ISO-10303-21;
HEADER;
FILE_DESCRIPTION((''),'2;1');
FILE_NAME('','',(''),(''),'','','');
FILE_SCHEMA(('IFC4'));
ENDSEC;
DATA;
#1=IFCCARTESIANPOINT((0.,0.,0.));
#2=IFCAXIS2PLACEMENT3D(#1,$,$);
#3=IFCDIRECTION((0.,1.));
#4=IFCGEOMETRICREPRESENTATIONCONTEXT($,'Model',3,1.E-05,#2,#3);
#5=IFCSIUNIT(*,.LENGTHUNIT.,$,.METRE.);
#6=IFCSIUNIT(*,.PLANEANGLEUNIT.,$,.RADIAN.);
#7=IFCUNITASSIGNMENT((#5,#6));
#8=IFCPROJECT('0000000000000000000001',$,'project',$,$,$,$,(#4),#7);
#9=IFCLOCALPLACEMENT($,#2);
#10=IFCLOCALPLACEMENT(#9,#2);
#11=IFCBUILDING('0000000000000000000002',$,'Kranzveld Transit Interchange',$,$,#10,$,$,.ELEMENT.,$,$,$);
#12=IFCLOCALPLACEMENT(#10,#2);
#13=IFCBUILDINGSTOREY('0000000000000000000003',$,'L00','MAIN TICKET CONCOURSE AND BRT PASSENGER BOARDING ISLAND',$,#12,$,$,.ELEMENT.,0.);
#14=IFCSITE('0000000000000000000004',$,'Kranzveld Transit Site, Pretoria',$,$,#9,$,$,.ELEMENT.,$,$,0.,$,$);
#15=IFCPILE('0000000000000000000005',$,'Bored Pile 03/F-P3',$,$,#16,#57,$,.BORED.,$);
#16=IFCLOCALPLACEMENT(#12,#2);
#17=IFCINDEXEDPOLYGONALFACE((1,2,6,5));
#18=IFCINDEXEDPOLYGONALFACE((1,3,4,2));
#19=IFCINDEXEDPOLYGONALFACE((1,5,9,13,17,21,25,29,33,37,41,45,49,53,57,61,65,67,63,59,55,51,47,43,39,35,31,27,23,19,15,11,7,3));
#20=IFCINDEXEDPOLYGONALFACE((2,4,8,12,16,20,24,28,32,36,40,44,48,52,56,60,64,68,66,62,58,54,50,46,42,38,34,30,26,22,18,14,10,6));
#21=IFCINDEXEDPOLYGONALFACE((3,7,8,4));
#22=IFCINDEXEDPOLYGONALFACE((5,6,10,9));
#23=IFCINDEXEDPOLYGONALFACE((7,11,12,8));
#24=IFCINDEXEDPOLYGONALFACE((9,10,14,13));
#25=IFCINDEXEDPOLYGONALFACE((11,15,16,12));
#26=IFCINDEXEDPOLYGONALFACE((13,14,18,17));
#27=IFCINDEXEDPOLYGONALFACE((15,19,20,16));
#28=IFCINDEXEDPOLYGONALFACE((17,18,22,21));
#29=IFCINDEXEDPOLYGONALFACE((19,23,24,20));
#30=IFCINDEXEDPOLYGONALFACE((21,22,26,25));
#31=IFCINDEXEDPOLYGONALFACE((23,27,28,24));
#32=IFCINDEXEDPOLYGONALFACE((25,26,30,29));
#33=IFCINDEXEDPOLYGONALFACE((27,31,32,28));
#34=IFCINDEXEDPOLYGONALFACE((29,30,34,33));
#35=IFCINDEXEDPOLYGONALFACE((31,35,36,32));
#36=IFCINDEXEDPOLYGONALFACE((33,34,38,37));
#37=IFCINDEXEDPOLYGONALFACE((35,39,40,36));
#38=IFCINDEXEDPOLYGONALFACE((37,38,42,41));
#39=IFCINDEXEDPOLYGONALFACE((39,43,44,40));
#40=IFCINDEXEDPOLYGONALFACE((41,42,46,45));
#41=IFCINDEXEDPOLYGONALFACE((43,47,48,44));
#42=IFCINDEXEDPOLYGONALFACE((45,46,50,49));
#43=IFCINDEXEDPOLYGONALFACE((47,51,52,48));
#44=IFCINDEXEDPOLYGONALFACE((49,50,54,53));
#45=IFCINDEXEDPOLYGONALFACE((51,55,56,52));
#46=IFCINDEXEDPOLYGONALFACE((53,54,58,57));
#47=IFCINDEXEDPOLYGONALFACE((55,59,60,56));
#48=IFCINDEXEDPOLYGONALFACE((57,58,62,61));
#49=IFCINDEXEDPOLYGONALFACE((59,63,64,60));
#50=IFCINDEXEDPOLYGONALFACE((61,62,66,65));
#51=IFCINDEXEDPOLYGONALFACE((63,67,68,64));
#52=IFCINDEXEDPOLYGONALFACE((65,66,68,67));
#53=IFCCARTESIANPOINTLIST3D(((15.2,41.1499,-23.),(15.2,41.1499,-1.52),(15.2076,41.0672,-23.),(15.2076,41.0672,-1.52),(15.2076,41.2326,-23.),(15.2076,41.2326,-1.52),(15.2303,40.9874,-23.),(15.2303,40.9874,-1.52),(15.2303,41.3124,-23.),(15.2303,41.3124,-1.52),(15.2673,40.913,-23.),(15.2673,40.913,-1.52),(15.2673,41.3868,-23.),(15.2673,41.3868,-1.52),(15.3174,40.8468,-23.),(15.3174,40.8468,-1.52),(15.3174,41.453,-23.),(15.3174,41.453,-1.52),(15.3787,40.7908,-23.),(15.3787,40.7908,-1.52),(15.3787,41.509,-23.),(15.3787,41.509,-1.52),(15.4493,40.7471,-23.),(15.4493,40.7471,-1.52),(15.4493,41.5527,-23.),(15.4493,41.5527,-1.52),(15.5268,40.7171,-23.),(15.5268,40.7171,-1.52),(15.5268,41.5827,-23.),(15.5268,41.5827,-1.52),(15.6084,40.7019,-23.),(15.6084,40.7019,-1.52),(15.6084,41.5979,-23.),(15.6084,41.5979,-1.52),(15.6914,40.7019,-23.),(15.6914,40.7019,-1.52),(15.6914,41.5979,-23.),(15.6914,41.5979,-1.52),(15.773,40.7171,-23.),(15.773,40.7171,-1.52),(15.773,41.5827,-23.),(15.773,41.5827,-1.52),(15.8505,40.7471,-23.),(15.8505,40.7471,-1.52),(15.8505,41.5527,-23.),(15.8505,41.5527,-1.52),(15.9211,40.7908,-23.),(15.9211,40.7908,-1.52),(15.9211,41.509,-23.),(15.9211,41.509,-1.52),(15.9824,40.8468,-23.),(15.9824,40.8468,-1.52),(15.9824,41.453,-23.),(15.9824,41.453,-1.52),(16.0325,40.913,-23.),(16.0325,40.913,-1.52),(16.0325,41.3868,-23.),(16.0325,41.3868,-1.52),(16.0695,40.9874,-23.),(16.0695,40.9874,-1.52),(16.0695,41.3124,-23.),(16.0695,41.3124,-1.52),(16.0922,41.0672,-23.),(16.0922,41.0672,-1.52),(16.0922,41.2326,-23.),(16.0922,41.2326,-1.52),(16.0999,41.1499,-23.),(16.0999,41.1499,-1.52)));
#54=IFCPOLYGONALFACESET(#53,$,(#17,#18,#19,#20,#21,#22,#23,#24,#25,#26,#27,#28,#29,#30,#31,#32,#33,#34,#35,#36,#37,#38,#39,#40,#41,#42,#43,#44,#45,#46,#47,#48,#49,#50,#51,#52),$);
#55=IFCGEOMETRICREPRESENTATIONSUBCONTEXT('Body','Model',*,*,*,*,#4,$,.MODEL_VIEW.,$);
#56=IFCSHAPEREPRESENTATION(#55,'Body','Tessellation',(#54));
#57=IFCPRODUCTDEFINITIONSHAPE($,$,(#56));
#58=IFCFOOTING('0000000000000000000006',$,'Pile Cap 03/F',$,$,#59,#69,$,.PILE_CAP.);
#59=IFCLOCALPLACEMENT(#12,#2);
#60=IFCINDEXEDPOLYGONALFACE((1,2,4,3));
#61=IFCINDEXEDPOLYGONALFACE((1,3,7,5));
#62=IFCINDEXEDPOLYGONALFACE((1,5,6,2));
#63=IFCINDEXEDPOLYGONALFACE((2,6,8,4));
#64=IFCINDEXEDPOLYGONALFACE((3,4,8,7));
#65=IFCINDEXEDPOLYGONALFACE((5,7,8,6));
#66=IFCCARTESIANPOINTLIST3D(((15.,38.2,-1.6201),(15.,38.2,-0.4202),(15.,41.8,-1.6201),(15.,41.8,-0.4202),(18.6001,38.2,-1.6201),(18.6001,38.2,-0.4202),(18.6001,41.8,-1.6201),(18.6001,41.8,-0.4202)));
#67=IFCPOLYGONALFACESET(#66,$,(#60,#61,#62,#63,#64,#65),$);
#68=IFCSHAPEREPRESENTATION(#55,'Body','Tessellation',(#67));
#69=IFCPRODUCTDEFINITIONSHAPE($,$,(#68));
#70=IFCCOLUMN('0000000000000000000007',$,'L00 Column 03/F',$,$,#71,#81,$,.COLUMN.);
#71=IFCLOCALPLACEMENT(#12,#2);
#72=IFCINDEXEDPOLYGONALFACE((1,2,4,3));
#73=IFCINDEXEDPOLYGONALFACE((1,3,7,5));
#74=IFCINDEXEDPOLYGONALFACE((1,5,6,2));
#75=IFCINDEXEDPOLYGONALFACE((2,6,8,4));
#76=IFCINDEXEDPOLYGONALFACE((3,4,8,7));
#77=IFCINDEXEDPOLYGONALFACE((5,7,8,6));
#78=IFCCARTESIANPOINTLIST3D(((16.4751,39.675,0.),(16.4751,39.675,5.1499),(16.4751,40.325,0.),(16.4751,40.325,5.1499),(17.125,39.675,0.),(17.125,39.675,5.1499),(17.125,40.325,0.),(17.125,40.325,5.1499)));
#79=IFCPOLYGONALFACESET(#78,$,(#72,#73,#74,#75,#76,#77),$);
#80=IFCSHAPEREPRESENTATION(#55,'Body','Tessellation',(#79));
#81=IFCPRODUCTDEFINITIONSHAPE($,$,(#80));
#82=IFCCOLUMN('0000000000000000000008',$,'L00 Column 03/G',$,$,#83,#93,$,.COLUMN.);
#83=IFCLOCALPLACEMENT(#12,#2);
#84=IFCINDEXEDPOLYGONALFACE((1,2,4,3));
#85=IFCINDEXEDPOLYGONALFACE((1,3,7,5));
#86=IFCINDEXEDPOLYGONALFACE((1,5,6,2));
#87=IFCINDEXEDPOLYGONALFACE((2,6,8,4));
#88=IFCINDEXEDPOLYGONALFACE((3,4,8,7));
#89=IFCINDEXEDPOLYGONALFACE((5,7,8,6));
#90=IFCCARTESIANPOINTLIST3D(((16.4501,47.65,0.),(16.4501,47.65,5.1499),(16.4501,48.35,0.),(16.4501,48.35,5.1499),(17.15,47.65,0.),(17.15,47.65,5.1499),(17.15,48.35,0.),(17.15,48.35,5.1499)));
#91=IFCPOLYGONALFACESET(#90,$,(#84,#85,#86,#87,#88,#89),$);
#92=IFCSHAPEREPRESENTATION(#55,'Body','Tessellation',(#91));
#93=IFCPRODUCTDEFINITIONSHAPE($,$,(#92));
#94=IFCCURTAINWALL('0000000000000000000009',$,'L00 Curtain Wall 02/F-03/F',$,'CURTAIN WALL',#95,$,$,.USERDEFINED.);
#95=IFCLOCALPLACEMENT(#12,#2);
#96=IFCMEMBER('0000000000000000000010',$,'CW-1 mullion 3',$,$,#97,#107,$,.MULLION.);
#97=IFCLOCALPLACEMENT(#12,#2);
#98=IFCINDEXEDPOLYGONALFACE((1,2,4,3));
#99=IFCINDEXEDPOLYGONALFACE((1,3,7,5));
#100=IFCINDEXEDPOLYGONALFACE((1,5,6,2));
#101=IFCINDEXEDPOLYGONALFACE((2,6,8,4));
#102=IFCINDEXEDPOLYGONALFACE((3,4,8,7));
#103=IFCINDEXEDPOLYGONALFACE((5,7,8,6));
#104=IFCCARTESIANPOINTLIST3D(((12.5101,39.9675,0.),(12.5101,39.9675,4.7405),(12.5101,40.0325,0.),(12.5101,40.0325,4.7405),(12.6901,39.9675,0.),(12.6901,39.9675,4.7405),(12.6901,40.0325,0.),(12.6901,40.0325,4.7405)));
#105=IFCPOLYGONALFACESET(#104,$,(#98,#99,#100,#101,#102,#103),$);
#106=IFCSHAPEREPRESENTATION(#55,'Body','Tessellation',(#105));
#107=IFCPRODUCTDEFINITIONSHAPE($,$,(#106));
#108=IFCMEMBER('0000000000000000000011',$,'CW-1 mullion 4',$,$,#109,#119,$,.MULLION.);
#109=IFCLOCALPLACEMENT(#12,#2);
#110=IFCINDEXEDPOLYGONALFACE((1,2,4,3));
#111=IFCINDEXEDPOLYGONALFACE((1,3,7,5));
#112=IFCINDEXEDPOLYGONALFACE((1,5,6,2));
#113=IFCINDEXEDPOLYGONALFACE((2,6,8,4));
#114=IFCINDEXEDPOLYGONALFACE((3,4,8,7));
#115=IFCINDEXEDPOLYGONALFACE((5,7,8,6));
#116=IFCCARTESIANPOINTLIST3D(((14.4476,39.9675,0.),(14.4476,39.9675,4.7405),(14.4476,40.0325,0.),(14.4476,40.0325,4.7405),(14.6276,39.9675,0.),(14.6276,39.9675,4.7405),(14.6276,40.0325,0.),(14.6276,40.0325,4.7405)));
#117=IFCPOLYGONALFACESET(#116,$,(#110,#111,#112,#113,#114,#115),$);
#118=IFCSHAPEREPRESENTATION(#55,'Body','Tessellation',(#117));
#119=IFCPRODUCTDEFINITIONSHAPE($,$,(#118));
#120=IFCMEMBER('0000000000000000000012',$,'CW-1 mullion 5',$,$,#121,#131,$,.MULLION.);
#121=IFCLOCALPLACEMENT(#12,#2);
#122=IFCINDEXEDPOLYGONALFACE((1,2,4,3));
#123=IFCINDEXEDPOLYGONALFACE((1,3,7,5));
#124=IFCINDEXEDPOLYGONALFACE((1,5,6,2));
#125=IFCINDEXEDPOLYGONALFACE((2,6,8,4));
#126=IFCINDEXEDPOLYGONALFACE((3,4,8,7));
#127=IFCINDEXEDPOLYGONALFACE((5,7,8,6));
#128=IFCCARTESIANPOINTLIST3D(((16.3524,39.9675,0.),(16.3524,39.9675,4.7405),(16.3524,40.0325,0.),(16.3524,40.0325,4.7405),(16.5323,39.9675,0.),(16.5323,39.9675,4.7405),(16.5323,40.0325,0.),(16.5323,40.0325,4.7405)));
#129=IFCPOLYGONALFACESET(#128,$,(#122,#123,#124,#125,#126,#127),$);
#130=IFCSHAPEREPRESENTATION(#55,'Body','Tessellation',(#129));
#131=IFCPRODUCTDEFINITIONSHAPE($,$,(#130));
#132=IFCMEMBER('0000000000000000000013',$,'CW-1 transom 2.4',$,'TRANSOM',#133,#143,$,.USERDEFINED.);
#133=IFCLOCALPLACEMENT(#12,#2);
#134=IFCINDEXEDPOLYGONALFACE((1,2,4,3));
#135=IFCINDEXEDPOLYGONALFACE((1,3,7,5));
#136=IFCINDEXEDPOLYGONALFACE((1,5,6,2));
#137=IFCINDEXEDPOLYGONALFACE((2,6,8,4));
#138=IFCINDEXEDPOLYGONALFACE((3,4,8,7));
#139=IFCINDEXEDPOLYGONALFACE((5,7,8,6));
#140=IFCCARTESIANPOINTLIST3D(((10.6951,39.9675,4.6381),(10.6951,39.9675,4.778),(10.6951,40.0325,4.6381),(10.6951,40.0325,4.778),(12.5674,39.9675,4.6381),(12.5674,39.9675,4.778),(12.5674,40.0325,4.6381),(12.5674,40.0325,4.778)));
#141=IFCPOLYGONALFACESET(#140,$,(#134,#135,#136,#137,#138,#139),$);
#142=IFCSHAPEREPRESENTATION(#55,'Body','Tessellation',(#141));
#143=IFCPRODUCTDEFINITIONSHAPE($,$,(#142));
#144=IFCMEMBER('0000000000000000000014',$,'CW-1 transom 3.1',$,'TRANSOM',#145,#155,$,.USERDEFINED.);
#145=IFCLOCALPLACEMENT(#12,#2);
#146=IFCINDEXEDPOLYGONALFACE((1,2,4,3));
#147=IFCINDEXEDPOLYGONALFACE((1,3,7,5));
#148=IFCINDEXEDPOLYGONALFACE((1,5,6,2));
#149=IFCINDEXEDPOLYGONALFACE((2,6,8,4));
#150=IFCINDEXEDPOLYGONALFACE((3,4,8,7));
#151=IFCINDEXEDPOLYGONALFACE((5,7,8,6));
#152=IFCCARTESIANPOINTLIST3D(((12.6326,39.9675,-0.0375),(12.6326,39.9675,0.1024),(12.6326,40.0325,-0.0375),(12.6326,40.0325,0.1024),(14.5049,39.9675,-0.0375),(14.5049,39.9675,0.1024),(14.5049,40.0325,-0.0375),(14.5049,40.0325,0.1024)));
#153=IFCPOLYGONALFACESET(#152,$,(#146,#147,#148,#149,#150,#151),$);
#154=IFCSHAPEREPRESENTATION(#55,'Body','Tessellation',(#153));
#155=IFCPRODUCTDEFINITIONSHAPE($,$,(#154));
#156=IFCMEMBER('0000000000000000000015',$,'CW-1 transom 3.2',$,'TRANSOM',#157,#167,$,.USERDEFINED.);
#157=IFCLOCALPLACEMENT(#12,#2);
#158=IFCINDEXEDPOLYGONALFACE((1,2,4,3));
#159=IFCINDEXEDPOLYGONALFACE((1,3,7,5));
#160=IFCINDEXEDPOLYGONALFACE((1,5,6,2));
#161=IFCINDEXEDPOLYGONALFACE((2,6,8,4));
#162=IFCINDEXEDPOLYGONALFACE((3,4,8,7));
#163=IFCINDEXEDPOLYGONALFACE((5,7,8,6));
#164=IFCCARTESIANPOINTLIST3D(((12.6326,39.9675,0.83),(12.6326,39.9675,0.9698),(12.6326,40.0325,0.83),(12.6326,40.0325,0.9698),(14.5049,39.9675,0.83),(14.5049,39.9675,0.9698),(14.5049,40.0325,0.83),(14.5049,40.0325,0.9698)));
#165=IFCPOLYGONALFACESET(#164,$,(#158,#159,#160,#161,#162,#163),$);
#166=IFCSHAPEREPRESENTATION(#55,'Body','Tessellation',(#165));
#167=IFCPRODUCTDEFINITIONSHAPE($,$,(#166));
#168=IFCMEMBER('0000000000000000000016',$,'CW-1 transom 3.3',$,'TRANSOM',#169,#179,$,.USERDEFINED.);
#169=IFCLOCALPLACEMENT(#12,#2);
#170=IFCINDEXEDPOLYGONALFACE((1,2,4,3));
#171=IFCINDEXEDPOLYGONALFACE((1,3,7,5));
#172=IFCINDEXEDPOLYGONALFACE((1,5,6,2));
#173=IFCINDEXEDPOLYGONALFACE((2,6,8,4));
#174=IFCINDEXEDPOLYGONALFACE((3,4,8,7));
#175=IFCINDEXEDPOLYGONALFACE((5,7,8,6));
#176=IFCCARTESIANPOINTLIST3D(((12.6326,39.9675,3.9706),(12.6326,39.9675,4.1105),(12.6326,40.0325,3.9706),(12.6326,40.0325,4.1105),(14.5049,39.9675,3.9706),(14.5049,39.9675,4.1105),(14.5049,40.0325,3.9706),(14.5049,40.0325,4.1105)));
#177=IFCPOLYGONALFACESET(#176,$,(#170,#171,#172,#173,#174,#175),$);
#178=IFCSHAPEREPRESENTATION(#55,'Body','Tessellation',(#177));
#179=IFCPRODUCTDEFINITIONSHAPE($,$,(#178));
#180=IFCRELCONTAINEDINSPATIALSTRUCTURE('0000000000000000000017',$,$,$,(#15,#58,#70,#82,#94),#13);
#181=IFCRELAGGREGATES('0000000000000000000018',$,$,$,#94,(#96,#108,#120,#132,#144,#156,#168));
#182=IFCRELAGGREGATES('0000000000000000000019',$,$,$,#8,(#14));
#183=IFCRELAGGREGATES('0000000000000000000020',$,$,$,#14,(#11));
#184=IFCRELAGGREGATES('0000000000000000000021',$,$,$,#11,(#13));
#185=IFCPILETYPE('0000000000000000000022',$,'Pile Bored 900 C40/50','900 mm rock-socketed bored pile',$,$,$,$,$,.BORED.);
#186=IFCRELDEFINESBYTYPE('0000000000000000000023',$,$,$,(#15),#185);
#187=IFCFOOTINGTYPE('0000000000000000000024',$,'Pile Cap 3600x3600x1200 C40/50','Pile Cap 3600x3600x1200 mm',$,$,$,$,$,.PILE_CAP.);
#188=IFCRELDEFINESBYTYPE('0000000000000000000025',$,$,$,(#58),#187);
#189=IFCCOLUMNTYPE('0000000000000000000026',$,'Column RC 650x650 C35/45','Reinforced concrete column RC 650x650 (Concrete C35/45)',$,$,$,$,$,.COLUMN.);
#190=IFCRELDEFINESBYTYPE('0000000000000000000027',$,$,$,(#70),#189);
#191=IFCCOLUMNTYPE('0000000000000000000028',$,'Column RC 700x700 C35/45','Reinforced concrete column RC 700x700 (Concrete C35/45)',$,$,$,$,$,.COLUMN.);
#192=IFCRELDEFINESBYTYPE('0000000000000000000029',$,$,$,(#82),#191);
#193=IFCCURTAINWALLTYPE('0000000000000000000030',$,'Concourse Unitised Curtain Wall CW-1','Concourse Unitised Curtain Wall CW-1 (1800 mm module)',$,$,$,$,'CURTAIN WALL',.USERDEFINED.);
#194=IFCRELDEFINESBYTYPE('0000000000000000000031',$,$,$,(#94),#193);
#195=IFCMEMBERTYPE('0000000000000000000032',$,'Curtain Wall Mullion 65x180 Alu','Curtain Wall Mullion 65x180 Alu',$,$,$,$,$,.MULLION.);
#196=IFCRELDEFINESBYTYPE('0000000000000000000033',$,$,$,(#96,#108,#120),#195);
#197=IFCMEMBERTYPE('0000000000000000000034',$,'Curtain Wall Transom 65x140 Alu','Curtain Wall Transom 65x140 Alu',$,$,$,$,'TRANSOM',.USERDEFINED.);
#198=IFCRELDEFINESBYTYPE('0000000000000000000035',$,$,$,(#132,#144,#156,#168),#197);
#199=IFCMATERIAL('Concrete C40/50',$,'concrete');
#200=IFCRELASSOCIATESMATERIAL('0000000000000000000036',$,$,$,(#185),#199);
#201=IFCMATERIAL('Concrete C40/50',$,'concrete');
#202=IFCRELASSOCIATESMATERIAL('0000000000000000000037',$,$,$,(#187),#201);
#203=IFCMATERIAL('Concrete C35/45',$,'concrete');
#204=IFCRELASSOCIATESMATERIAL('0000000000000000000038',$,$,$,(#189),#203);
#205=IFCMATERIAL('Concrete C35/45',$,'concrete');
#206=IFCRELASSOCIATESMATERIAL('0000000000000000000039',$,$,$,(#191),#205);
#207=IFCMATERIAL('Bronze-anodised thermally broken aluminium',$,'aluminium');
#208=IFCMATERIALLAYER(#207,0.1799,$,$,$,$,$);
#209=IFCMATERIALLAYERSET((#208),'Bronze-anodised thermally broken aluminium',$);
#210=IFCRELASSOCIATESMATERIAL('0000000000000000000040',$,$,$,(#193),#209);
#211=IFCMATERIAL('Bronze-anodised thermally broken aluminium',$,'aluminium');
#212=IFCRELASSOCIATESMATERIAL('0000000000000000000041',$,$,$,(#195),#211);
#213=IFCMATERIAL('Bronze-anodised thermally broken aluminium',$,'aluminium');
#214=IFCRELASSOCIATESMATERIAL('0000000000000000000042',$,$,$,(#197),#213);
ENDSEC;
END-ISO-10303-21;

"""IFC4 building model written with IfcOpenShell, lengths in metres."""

from ifc_helpers import new_model, si_unit, direction, frame, origin, origin_2d, place, context, subcontext, project, spatial, rectangle, circle, extrude, material, layer, layer_set, material_profile, profile_set, type_object, element, aggregate, save


model = new_model("IFC4")

# Units and contexts
model_context = context("Model", 3, precision=1e-05, world=origin(), true_north=direction((0.0, 1.0)))
body_context = subcontext(model_context, "Body", "Model", "MODEL_VIEW")
ifc_project = project(units=[si_unit("LENGTHUNIT", "METRE"), si_unit("PLANEANGLEUNIT", "RADIAN")], contexts=[model_context])

# Site, building, storey
site_placement = place(None, origin())
site = spatial("IfcSite", under=ifc_project, at=site_placement, Name="Kranzveld Transit Site, Pretoria", CompositionType="ELEMENT", RefElevation=0.0)
building_placement = place(site_placement, origin())
building = spatial("IfcBuilding", under=site, at=building_placement, Name="Kranzveld Transit Interchange", CompositionType="ELEMENT")
storey_placement = place(building_placement, origin())
storey = spatial("IfcBuildingStorey", under=building, at=storey_placement, Name="L00", Description="MAIN TICKET CONCOURSE AND BRT PASSENGER BOARDING ISLAND", CompositionType="ELEMENT", Elevation=0.0)

# Pile
ifc_material_1 = material(Name="Concrete C40/50", Category="concrete")
ifc_material_profile_1 = material_profile(ifc_material_1, circle(Radius=0.45, at=origin_2d()), Name="BORED PILE 900")
ifc_profile_set_1 = profile_set([ifc_material_profile_1], Name="Concrete C40/50")
pile_type = type_object("IfcPileType", Name="Pile Bored 900 C40/50", Description="900 mm rock-socketed bored pile", PredefinedType="BORED", material=ifc_profile_set_1)
pile_placement = place(storey_placement, frame((15.6499, 41.1499, -1.52), z_axis=(0.0, 0.0, -1.0), x_axis=(1.0, 0.0, 0.0)))
element("IfcPile", 1, at=pile_placement, inside=storey, type_object=pile_type, Name="Bored Pile 03/F-P3", PredefinedType="BORED", context=body_context, shape_type="SweptSolid", body=[
    extrude(circle(Radius=0.45, at=origin_2d()), origin(), (0.0, 0.0, 1.0), 21.48),
])

# Footing
ifc_material_2 = material(Name="Concrete C40/50", Category="concrete")
footing_type = type_object("IfcFootingType", Name="Pile Cap 3600x3600x1200 C40/50", Description="Pile Cap 3600x3600x1200 mm", PredefinedType="PILE_CAP", material=ifc_material_2)
footing_placement = place(storey_placement, frame((16.8, 40.0, -1.6201), z_axis=(0.0, 0.0, 1.0), x_axis=(1.0, 0.0, 0.0)))
element("IfcFooting", 2, at=footing_placement, inside=storey, type_object=footing_type, Name="Pile Cap 03/F", PredefinedType="PILE_CAP", context=body_context, shape_type="SweptSolid", body=[
    extrude(rectangle(XDim=3.6001, YDim=3.6001, at=origin_2d()), origin(), (0.0, 0.0, 1.0), 1.2),
])

# Columns
ifc_material_3 = material(Name="Concrete C35/45", Category="concrete")
ifc_material_profile_2 = material_profile(ifc_material_3, rectangle(XDim=0.6499, YDim=0.6499, at=origin_2d()), Name="RC 650x650")
ifc_profile_set_2 = profile_set([ifc_material_profile_2], Name="Concrete C35/45")
column_type_1 = type_object("IfcColumnType", Name="Column RC 650x650 C35/45", Description="Reinforced concrete column RC 650x650 (Concrete C35/45)", PredefinedType="COLUMN", material=ifc_profile_set_2)
column_1_placement = place(storey_placement, frame((16.8, 40.0, 0.0), z_axis=(0.0, 0.0, 1.0), x_axis=(1.0, 0.0, 0.0)))
element("IfcColumn", 3, at=column_1_placement, inside=storey, type_object=column_type_1, Name="L00 Column 03/F", PredefinedType="COLUMN", context=body_context, shape_type="SweptSolid", body=[
    extrude(rectangle(XDim=0.6499, YDim=0.6499, at=origin_2d()), origin(), (0.0, 0.0, 1.0), 5.1499),
])
ifc_material_4 = material(Name="Concrete C35/45", Category="concrete")
ifc_material_profile_3 = material_profile(ifc_material_4, rectangle(XDim=0.7, YDim=0.7, at=origin_2d()), Name="RC 700x700")
ifc_profile_set_3 = profile_set([ifc_material_profile_3], Name="Concrete C35/45")
column_type_2 = type_object("IfcColumnType", Name="Column RC 700x700 C35/45", Description="Reinforced concrete column RC 700x700 (Concrete C35/45)", PredefinedType="COLUMN", material=ifc_profile_set_3)
column_2_placement = place(storey_placement, frame((16.8, 48.0, 0.0), z_axis=(0.0, 0.0, 1.0), x_axis=(1.0, 0.0, 0.0)))
element("IfcColumn", 4, at=column_2_placement, inside=storey, type_object=column_type_2, Name="L00 Column 03/G", PredefinedType="COLUMN", context=body_context, shape_type="SweptSolid", body=[
    extrude(rectangle(XDim=0.7, YDim=0.7, at=origin_2d()), origin(), (0.0, 0.0, 1.0), 5.1499),
])

# Curtain wall, members
ifc_material_5 = material(Name="Bronze-anodised thermally broken aluminium", Category="aluminium")
ifc_layer_1 = layer(ifc_material_5, 0.1799)
ifc_layer_set_1 = layer_set([ifc_layer_1], Name="Bronze-anodised thermally broken aluminium")
curtain_wall_type = type_object("IfcCurtainWallType", Name="Concourse Unitised Curtain Wall CW-1", Description="Concourse Unitised Curtain Wall CW-1 (1800 mm module)", ElementType="CURTAIN WALL", PredefinedType="USERDEFINED", material=ifc_layer_set_1)
curtain_wall_placement = place(storey_placement, origin())
curtain_wall = element("IfcCurtainWall", 5, at=curtain_wall_placement, inside=storey, type_object=curtain_wall_type, Name="L00 Curtain Wall 02/F-03/F", ObjectType="CURTAIN WALL", PredefinedType="USERDEFINED")
ifc_material_6 = material(Name="Bronze-anodised thermally broken aluminium", Category="aluminium")
ifc_material_profile_4 = material_profile(ifc_material_6, rectangle(XDim=0.0649, YDim=0.1799, at=origin_2d()), Name="ALU MULLION 65x180")
ifc_profile_set_4 = profile_set([ifc_material_profile_4], Name="Bronze-anodised thermally broken aluminium")
member_type_1 = type_object("IfcMemberType", Name="Curtain Wall Mullion 65x180 Alu", Description="Curtain Wall Mullion 65x180 Alu", PredefinedType="MULLION", material=ifc_profile_set_4)
member_1_placement = place(storey_placement, frame((12.6001, 40.0, 0.0), z_axis=(0.0, 0.0, 1.0), x_axis=(0.0, 1.0, 0.0)))
member_1 = element("IfcMember", 6, at=member_1_placement, type_object=member_type_1, Name="CW-1 mullion 3", PredefinedType="MULLION", context=body_context, shape_type="SweptSolid", body=[
    extrude(rectangle(XDim=0.0649, YDim=0.1799, at=origin_2d()), origin(), (0.0, 0.0, 1.0), 4.7405),
])
member_2_placement = place(storey_placement, frame((14.5376, 40.0, 0.0), z_axis=(0.0, 0.0, 1.0), x_axis=(0.0, 1.0, 0.0)))
member_2 = element("IfcMember", 7, at=member_2_placement, type_object=member_type_1, Name="CW-1 mullion 4", PredefinedType="MULLION", context=body_context, shape_type="SweptSolid", body=[
    extrude(rectangle(XDim=0.0649, YDim=0.1799, at=origin_2d()), origin(), (0.0, 0.0, 1.0), 4.7405),
])
member_3_placement = place(storey_placement, frame((16.4424, 40.0, 0.0), z_axis=(0.0, 0.0, 1.0), x_axis=(0.0, 1.0, 0.0)))
member_3 = element("IfcMember", 8, at=member_3_placement, type_object=member_type_1, Name="CW-1 mullion 5", PredefinedType="MULLION", context=body_context, shape_type="SweptSolid", body=[
    extrude(rectangle(XDim=0.0649, YDim=0.1799, at=origin_2d()), origin(), (0.0, 0.0, 1.0), 4.7405),
])
ifc_material_7 = material(Name="Bronze-anodised thermally broken aluminium", Category="aluminium")
ifc_material_profile_5 = material_profile(ifc_material_7, rectangle(XDim=0.0649, YDim=0.1399, at=origin_2d()), Name="ALU TRANSOM 65x140")
ifc_profile_set_5 = profile_set([ifc_material_profile_5], Name="Bronze-anodised thermally broken aluminium")
member_type_2 = type_object("IfcMemberType", Name="Curtain Wall Transom 65x140 Alu", Description="Curtain Wall Transom 65x140 Alu", ElementType="TRANSOM", PredefinedType="USERDEFINED", material=ifc_profile_set_5)
member_4_placement = place(storey_placement, frame((10.6951, 40.0, 4.708), z_axis=(1.0, 0.0, 0.0), x_axis=(0.0, 1.0, 0.0)))
member_4 = element("IfcMember", 9, at=member_4_placement, type_object=member_type_2, Name="CW-1 transom 2.4", ObjectType="TRANSOM", PredefinedType="USERDEFINED", context=body_context, shape_type="SweptSolid", body=[
    extrude(rectangle(XDim=0.0649, YDim=0.1399, at=origin_2d()), origin(), (0.0, 0.0, 1.0), 1.8723),
])
member_5_placement = place(storey_placement, frame((12.6326, 40.0, 0.0325), z_axis=(1.0, 0.0, 0.0), x_axis=(0.0, 1.0, 0.0)))
member_5 = element("IfcMember", 10, at=member_5_placement, type_object=member_type_2, Name="CW-1 transom 3.1", ObjectType="TRANSOM", PredefinedType="USERDEFINED", context=body_context, shape_type="SweptSolid", body=[
    extrude(rectangle(XDim=0.0649, YDim=0.1399, at=origin_2d()), origin(), (0.0, 0.0, 1.0), 1.8723),
])
member_6_placement = place(storey_placement, frame((12.6326, 40.0, 0.8999), z_axis=(1.0, 0.0, 0.0), x_axis=(0.0, 1.0, 0.0)))
member_6 = element("IfcMember", 11, at=member_6_placement, type_object=member_type_2, Name="CW-1 transom 3.2", ObjectType="TRANSOM", PredefinedType="USERDEFINED", context=body_context, shape_type="SweptSolid", body=[
    extrude(rectangle(XDim=0.0649, YDim=0.1399, at=origin_2d()), origin(), (0.0, 0.0, 1.0), 1.8723),
])
member_7_placement = place(storey_placement, frame((12.6326, 40.0, 4.0405), z_axis=(1.0, 0.0, 0.0), x_axis=(0.0, 1.0, 0.0)))
member_7 = element("IfcMember", 12, at=member_7_placement, type_object=member_type_2, Name="CW-1 transom 3.3", ObjectType="TRANSOM", PredefinedType="USERDEFINED", context=body_context, shape_type="SweptSolid", body=[
    extrude(rectangle(XDim=0.0649, YDim=0.1399, at=origin_2d()), origin(), (0.0, 0.0, 1.0), 1.8723),
])

aggregate(curtain_wall, [member_1, member_2, member_3, member_4, member_5, member_6, member_7])

save(model, "model.ifc")
